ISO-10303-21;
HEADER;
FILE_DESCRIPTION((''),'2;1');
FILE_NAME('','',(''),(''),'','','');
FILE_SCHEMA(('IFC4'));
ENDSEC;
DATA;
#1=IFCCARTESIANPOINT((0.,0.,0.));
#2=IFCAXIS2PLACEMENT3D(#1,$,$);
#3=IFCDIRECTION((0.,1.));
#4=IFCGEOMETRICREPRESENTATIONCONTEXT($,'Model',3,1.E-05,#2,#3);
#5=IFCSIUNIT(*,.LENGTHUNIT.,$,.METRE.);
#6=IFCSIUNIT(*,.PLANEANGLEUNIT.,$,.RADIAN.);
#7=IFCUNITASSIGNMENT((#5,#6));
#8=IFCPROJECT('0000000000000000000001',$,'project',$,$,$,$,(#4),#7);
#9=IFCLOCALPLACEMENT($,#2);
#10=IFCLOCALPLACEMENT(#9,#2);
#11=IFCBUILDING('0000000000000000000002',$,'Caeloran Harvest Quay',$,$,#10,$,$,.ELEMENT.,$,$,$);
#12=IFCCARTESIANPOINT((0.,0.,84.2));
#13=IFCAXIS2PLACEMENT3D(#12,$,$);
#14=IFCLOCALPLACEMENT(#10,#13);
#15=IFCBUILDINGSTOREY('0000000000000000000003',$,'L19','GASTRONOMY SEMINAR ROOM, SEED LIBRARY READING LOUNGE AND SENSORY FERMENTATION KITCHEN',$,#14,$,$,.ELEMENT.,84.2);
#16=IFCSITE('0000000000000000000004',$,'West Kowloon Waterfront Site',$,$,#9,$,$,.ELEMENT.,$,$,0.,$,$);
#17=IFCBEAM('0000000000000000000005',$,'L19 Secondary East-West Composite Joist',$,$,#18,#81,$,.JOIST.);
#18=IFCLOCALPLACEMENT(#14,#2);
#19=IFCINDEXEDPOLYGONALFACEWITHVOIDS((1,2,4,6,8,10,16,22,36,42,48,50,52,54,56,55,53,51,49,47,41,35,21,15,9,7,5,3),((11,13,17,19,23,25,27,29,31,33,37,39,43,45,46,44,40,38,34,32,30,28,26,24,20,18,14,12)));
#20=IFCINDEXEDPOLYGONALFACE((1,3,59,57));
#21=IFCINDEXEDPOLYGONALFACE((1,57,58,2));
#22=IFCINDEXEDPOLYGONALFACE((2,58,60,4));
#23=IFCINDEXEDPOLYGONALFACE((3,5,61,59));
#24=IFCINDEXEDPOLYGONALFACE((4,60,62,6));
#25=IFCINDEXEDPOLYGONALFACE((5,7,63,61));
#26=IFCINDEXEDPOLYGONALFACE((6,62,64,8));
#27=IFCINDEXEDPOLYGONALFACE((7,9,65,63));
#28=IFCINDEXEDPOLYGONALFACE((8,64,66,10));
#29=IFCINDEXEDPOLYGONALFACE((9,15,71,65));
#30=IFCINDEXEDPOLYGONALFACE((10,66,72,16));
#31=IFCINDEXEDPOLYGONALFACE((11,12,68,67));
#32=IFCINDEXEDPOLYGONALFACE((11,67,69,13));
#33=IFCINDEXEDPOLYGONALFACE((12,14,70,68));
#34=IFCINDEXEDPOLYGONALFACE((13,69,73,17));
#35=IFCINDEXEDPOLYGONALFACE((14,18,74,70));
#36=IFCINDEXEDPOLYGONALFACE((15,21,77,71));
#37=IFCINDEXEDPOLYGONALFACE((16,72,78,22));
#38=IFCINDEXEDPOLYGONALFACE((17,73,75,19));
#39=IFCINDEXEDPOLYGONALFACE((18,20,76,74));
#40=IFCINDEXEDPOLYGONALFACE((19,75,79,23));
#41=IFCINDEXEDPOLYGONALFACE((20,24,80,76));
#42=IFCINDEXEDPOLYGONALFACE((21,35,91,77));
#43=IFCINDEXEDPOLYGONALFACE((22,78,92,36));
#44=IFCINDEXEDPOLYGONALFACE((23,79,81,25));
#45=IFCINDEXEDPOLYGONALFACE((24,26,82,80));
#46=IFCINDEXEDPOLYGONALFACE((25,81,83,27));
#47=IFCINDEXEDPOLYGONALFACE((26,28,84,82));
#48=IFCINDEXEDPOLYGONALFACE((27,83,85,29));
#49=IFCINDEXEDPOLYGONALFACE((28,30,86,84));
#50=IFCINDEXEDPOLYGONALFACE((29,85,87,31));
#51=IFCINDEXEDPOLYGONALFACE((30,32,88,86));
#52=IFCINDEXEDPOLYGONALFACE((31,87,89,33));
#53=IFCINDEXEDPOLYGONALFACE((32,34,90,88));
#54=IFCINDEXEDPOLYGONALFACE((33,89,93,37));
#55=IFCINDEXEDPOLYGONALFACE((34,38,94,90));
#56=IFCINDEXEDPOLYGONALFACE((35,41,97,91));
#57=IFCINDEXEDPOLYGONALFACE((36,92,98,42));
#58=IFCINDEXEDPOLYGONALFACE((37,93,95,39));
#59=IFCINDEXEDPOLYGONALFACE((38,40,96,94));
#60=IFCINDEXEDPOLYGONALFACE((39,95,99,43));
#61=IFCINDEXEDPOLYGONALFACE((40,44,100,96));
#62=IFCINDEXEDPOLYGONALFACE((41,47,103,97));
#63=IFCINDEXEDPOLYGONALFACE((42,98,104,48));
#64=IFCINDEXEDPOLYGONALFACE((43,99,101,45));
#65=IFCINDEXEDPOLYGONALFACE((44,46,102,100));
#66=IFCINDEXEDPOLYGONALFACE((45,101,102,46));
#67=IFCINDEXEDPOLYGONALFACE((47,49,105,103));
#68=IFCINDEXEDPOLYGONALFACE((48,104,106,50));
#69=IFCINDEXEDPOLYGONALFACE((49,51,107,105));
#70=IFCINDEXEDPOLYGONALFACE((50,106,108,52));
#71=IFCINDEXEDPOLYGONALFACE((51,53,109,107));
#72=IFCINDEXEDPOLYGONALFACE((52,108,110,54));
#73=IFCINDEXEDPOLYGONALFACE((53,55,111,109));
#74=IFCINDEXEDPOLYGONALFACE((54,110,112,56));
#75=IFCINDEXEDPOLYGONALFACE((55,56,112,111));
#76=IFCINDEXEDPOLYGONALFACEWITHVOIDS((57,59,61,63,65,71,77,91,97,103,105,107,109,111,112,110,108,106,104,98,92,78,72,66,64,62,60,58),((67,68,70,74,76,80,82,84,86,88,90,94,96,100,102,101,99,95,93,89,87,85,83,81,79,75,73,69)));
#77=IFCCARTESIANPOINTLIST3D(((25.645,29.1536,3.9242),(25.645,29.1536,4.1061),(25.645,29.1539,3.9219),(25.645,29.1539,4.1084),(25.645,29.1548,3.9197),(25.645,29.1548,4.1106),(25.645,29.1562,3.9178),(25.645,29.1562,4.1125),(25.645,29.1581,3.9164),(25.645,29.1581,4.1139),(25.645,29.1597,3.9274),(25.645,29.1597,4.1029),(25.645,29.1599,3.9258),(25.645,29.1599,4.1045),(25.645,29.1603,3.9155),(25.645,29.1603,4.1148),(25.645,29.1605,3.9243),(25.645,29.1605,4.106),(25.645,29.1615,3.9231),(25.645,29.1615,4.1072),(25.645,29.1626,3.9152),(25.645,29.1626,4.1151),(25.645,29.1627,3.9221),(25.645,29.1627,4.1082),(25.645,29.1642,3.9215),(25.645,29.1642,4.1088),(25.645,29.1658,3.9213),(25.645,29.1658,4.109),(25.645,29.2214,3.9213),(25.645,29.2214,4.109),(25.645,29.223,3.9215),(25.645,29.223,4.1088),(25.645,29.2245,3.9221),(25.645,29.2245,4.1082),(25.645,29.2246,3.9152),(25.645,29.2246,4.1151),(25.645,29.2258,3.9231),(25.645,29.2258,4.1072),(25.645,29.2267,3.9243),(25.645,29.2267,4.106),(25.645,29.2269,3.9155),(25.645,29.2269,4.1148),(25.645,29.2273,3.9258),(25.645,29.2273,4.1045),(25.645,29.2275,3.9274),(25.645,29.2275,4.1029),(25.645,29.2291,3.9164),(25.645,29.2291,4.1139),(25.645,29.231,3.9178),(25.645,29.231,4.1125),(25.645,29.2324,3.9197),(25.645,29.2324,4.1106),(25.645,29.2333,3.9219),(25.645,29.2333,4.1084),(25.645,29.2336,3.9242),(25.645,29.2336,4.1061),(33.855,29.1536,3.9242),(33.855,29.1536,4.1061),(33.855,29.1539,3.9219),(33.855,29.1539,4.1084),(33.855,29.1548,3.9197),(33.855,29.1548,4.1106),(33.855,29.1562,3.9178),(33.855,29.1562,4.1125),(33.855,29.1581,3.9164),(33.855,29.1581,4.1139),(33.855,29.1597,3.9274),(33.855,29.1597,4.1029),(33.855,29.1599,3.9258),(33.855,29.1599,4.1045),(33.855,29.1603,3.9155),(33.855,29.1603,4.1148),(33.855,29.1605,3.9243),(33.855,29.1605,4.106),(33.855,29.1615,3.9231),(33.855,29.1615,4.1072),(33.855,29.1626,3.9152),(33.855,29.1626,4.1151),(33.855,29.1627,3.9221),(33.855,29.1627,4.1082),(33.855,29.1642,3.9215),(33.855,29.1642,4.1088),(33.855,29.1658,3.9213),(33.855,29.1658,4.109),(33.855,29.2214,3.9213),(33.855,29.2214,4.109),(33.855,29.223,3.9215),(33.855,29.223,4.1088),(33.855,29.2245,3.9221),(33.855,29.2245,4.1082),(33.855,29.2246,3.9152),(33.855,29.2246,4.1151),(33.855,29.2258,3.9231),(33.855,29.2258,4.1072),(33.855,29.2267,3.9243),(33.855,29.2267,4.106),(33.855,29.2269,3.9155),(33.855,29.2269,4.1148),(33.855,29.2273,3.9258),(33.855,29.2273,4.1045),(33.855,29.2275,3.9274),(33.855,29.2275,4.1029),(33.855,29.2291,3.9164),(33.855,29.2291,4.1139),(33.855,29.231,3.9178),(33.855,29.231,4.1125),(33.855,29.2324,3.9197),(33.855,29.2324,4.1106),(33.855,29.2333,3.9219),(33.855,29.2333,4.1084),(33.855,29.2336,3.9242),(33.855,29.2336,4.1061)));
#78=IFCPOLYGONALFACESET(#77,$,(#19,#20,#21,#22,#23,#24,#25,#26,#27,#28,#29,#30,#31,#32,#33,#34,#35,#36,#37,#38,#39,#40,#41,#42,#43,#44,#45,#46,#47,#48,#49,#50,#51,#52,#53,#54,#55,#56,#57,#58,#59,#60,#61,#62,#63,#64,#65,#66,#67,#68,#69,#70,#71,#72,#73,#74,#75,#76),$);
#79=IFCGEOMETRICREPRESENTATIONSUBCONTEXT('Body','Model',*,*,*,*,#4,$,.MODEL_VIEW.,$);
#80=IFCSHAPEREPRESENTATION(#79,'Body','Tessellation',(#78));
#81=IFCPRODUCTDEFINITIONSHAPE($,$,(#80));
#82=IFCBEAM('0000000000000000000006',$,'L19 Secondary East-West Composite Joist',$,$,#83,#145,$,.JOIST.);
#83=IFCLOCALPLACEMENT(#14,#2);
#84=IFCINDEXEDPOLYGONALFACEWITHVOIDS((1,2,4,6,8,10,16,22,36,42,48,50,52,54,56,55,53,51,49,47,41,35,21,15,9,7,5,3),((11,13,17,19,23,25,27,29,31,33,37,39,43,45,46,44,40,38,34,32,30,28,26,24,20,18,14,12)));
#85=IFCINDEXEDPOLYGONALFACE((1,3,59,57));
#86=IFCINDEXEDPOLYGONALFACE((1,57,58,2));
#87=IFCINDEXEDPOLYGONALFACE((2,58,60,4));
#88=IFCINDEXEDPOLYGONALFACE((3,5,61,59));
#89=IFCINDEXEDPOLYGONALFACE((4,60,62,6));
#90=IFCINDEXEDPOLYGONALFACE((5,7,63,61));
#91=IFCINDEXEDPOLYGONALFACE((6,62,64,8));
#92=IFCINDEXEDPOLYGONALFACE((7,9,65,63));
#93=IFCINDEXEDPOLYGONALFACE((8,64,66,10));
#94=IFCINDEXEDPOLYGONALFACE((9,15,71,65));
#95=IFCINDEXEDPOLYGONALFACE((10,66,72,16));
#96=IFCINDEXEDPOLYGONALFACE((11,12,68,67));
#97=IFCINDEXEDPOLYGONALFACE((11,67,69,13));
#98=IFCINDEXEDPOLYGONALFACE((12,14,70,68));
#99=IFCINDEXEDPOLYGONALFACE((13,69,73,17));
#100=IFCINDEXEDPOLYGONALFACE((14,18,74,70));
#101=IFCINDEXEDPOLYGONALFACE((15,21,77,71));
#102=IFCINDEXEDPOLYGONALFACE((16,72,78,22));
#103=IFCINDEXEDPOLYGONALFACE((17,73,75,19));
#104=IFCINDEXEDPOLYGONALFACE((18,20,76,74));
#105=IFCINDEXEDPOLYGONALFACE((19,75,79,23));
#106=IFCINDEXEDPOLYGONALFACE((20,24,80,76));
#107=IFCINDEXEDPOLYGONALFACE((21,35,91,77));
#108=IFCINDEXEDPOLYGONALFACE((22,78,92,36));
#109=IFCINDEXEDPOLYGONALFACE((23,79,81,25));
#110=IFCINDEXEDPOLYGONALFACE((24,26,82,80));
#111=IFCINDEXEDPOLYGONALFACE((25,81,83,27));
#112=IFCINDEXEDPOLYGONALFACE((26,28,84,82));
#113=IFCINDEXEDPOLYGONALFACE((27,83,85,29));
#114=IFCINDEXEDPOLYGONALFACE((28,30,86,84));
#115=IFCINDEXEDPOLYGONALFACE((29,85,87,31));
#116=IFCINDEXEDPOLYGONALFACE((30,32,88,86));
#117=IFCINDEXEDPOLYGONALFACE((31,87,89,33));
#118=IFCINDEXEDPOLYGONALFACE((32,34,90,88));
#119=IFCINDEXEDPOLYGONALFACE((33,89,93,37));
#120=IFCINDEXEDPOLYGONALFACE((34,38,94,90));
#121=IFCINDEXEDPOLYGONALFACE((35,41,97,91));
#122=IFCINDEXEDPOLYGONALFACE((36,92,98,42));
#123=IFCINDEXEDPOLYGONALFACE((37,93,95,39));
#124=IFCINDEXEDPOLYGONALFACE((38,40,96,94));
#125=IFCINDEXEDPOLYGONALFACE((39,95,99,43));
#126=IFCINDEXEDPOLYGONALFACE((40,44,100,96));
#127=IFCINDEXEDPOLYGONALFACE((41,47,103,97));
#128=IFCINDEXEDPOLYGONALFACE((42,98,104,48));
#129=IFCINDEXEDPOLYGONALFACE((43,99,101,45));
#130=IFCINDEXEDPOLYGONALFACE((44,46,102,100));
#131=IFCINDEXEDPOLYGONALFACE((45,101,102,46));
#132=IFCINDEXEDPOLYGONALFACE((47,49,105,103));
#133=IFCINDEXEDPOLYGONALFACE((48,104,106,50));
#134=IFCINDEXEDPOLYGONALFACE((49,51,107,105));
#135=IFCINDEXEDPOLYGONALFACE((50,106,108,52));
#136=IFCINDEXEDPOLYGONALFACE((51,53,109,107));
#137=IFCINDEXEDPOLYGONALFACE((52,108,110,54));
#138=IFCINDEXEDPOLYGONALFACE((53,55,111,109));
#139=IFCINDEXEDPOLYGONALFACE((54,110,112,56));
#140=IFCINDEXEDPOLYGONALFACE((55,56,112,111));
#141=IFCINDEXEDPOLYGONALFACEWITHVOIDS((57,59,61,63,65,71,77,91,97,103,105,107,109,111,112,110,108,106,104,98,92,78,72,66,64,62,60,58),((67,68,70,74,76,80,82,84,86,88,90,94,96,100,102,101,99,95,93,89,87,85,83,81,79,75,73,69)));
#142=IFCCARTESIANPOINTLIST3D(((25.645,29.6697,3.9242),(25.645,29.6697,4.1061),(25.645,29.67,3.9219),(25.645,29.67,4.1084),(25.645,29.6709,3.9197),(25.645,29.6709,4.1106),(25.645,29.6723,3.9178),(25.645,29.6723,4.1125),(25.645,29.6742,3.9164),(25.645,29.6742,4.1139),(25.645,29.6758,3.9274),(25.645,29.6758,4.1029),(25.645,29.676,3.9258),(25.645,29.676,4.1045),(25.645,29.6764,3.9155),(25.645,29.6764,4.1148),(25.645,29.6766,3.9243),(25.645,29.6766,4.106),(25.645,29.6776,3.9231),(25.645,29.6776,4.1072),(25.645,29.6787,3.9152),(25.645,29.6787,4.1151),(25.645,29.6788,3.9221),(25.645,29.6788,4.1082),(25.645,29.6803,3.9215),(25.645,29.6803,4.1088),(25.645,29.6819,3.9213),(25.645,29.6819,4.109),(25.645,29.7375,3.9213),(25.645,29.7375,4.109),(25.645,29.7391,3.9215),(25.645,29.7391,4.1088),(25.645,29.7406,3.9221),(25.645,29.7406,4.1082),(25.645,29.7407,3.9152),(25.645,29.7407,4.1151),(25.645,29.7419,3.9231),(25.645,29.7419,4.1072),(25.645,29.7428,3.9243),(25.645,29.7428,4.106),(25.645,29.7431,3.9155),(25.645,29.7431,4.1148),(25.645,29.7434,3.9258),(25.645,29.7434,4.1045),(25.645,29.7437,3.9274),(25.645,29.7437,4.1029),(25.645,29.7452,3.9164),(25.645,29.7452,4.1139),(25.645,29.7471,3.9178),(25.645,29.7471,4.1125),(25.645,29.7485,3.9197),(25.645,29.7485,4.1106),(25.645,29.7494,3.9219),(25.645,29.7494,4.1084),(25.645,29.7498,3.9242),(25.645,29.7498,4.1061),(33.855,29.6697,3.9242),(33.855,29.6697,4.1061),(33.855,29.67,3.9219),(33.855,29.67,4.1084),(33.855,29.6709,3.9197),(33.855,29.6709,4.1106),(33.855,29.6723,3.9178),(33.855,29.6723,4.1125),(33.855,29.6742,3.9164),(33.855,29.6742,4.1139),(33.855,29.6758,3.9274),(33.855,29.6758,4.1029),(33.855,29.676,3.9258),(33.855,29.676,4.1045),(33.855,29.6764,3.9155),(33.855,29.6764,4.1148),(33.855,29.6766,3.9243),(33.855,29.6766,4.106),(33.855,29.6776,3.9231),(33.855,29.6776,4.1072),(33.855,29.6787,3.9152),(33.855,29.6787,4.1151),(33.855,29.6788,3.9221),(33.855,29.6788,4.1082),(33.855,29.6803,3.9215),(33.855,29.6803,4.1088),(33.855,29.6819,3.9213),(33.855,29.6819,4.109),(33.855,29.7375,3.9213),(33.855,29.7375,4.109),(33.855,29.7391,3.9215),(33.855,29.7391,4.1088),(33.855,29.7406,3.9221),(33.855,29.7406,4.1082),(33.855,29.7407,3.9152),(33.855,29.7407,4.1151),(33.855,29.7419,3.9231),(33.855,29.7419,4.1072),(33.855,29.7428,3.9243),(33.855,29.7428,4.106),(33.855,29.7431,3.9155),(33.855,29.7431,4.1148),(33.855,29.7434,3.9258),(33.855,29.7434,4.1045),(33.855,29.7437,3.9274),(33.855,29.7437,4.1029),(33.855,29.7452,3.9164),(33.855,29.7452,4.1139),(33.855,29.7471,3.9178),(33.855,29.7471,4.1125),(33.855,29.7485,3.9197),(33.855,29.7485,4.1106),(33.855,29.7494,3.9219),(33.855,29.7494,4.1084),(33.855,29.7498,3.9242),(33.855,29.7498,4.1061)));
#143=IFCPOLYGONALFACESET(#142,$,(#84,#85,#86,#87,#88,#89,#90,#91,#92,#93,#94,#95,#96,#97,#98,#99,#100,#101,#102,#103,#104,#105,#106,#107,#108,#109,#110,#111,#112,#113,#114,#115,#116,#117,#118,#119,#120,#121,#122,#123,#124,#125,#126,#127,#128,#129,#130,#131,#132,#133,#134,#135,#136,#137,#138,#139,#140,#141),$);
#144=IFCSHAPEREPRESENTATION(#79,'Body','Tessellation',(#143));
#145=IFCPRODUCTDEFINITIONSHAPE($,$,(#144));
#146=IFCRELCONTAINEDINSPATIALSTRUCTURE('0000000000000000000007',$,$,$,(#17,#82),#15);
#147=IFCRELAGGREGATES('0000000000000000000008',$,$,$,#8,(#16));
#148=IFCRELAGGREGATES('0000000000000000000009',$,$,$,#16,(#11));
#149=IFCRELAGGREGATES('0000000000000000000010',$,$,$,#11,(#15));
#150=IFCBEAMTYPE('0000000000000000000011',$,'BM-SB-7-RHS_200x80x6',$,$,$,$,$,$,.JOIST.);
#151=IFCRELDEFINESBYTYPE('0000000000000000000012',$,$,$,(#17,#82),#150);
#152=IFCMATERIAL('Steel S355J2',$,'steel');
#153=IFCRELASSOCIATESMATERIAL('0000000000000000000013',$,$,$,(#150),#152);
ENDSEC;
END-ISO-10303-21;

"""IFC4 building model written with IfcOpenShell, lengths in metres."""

from ifc_helpers import new_model, si_unit, direction, frame, origin, origin_2d, place, context, subcontext, project, spatial, hollow_rectangle, extrude, material, material_profile, profile_set, type_object, element, save


model = new_model("IFC4")

# Units and contexts
model_context = context("Model", 3, precision=1e-05, world=origin(), true_north=direction((0.0, 1.0)))
body_context = subcontext(model_context, "Body", "Model", "MODEL_VIEW")
ifc_project = project(units=[si_unit("LENGTHUNIT", "METRE"), si_unit("PLANEANGLEUNIT", "RADIAN")], contexts=[model_context])

# Site, building, storey
site_placement = place(None, origin())
site = spatial("IfcSite", under=ifc_project, at=site_placement, Name="West Kowloon Waterfront Site", CompositionType="ELEMENT", RefElevation=0.0)
building_placement = place(site_placement, origin())
building = spatial("IfcBuilding", under=site, at=building_placement, Name="Caeloran Harvest Quay", CompositionType="ELEMENT")
storey_placement = place(building_placement, frame((0.0, 0.0, 84.2)))
storey = spatial("IfcBuildingStorey", under=building, at=storey_placement, Name="L19", Description="GASTRONOMY SEMINAR ROOM, SEED LIBRARY READING LOUNGE AND SENSORY FERMENTATION KITCHEN", CompositionType="ELEMENT", Elevation=84.2)

# Beams
ifc_material_1 = material(Name="Steel S355J2", Category="steel")
ifc_material_profile_1 = material_profile(ifc_material_1, hollow_rectangle(XDim=0.0801, YDim=0.2, WallThickness=0.0061, InnerFilletRadius=0.0061, OuterFilletRadius=0.009, at=origin_2d()), Name="RHS 200x80x6")
ifc_profile_set_1 = profile_set([ifc_material_profile_1], Name="Steel S355J2")
beam_type_1 = type_object("IfcBeamType", Name="BM-SB-7-RHS_200x80x6", PredefinedType="JOIST", material=ifc_profile_set_1)
for number, where, z_axis, x_axis, name in (
    (1, (25.645, 29.1936, 4.0151), (1.0, 0.0, 0.0), (0.0, 1.0, 0.0), "L19 Secondary East-West Composite Joist"),
    (2, (25.645, 29.7097, 4.0151), (1.0, 0.0, 0.0), (0.0, 1.0, 0.0), "L19 Secondary East-West Composite Joist"),
):
    element("IfcBeam", number, at=place(storey_placement, frame(where, z_axis=z_axis, x_axis=x_axis)), inside=storey, type_object=beam_type_1, Name=name, PredefinedType="JOIST", context=body_context, shape_type="SweptSolid", body=[
        extrude(hollow_rectangle(XDim=0.0801, YDim=0.2, WallThickness=0.0061, InnerFilletRadius=0.0061, OuterFilletRadius=0.009, at=origin_2d()), origin(), (0.0, 0.0, 1.0), 8.21),
    ])

save(model, "model.ifc")
